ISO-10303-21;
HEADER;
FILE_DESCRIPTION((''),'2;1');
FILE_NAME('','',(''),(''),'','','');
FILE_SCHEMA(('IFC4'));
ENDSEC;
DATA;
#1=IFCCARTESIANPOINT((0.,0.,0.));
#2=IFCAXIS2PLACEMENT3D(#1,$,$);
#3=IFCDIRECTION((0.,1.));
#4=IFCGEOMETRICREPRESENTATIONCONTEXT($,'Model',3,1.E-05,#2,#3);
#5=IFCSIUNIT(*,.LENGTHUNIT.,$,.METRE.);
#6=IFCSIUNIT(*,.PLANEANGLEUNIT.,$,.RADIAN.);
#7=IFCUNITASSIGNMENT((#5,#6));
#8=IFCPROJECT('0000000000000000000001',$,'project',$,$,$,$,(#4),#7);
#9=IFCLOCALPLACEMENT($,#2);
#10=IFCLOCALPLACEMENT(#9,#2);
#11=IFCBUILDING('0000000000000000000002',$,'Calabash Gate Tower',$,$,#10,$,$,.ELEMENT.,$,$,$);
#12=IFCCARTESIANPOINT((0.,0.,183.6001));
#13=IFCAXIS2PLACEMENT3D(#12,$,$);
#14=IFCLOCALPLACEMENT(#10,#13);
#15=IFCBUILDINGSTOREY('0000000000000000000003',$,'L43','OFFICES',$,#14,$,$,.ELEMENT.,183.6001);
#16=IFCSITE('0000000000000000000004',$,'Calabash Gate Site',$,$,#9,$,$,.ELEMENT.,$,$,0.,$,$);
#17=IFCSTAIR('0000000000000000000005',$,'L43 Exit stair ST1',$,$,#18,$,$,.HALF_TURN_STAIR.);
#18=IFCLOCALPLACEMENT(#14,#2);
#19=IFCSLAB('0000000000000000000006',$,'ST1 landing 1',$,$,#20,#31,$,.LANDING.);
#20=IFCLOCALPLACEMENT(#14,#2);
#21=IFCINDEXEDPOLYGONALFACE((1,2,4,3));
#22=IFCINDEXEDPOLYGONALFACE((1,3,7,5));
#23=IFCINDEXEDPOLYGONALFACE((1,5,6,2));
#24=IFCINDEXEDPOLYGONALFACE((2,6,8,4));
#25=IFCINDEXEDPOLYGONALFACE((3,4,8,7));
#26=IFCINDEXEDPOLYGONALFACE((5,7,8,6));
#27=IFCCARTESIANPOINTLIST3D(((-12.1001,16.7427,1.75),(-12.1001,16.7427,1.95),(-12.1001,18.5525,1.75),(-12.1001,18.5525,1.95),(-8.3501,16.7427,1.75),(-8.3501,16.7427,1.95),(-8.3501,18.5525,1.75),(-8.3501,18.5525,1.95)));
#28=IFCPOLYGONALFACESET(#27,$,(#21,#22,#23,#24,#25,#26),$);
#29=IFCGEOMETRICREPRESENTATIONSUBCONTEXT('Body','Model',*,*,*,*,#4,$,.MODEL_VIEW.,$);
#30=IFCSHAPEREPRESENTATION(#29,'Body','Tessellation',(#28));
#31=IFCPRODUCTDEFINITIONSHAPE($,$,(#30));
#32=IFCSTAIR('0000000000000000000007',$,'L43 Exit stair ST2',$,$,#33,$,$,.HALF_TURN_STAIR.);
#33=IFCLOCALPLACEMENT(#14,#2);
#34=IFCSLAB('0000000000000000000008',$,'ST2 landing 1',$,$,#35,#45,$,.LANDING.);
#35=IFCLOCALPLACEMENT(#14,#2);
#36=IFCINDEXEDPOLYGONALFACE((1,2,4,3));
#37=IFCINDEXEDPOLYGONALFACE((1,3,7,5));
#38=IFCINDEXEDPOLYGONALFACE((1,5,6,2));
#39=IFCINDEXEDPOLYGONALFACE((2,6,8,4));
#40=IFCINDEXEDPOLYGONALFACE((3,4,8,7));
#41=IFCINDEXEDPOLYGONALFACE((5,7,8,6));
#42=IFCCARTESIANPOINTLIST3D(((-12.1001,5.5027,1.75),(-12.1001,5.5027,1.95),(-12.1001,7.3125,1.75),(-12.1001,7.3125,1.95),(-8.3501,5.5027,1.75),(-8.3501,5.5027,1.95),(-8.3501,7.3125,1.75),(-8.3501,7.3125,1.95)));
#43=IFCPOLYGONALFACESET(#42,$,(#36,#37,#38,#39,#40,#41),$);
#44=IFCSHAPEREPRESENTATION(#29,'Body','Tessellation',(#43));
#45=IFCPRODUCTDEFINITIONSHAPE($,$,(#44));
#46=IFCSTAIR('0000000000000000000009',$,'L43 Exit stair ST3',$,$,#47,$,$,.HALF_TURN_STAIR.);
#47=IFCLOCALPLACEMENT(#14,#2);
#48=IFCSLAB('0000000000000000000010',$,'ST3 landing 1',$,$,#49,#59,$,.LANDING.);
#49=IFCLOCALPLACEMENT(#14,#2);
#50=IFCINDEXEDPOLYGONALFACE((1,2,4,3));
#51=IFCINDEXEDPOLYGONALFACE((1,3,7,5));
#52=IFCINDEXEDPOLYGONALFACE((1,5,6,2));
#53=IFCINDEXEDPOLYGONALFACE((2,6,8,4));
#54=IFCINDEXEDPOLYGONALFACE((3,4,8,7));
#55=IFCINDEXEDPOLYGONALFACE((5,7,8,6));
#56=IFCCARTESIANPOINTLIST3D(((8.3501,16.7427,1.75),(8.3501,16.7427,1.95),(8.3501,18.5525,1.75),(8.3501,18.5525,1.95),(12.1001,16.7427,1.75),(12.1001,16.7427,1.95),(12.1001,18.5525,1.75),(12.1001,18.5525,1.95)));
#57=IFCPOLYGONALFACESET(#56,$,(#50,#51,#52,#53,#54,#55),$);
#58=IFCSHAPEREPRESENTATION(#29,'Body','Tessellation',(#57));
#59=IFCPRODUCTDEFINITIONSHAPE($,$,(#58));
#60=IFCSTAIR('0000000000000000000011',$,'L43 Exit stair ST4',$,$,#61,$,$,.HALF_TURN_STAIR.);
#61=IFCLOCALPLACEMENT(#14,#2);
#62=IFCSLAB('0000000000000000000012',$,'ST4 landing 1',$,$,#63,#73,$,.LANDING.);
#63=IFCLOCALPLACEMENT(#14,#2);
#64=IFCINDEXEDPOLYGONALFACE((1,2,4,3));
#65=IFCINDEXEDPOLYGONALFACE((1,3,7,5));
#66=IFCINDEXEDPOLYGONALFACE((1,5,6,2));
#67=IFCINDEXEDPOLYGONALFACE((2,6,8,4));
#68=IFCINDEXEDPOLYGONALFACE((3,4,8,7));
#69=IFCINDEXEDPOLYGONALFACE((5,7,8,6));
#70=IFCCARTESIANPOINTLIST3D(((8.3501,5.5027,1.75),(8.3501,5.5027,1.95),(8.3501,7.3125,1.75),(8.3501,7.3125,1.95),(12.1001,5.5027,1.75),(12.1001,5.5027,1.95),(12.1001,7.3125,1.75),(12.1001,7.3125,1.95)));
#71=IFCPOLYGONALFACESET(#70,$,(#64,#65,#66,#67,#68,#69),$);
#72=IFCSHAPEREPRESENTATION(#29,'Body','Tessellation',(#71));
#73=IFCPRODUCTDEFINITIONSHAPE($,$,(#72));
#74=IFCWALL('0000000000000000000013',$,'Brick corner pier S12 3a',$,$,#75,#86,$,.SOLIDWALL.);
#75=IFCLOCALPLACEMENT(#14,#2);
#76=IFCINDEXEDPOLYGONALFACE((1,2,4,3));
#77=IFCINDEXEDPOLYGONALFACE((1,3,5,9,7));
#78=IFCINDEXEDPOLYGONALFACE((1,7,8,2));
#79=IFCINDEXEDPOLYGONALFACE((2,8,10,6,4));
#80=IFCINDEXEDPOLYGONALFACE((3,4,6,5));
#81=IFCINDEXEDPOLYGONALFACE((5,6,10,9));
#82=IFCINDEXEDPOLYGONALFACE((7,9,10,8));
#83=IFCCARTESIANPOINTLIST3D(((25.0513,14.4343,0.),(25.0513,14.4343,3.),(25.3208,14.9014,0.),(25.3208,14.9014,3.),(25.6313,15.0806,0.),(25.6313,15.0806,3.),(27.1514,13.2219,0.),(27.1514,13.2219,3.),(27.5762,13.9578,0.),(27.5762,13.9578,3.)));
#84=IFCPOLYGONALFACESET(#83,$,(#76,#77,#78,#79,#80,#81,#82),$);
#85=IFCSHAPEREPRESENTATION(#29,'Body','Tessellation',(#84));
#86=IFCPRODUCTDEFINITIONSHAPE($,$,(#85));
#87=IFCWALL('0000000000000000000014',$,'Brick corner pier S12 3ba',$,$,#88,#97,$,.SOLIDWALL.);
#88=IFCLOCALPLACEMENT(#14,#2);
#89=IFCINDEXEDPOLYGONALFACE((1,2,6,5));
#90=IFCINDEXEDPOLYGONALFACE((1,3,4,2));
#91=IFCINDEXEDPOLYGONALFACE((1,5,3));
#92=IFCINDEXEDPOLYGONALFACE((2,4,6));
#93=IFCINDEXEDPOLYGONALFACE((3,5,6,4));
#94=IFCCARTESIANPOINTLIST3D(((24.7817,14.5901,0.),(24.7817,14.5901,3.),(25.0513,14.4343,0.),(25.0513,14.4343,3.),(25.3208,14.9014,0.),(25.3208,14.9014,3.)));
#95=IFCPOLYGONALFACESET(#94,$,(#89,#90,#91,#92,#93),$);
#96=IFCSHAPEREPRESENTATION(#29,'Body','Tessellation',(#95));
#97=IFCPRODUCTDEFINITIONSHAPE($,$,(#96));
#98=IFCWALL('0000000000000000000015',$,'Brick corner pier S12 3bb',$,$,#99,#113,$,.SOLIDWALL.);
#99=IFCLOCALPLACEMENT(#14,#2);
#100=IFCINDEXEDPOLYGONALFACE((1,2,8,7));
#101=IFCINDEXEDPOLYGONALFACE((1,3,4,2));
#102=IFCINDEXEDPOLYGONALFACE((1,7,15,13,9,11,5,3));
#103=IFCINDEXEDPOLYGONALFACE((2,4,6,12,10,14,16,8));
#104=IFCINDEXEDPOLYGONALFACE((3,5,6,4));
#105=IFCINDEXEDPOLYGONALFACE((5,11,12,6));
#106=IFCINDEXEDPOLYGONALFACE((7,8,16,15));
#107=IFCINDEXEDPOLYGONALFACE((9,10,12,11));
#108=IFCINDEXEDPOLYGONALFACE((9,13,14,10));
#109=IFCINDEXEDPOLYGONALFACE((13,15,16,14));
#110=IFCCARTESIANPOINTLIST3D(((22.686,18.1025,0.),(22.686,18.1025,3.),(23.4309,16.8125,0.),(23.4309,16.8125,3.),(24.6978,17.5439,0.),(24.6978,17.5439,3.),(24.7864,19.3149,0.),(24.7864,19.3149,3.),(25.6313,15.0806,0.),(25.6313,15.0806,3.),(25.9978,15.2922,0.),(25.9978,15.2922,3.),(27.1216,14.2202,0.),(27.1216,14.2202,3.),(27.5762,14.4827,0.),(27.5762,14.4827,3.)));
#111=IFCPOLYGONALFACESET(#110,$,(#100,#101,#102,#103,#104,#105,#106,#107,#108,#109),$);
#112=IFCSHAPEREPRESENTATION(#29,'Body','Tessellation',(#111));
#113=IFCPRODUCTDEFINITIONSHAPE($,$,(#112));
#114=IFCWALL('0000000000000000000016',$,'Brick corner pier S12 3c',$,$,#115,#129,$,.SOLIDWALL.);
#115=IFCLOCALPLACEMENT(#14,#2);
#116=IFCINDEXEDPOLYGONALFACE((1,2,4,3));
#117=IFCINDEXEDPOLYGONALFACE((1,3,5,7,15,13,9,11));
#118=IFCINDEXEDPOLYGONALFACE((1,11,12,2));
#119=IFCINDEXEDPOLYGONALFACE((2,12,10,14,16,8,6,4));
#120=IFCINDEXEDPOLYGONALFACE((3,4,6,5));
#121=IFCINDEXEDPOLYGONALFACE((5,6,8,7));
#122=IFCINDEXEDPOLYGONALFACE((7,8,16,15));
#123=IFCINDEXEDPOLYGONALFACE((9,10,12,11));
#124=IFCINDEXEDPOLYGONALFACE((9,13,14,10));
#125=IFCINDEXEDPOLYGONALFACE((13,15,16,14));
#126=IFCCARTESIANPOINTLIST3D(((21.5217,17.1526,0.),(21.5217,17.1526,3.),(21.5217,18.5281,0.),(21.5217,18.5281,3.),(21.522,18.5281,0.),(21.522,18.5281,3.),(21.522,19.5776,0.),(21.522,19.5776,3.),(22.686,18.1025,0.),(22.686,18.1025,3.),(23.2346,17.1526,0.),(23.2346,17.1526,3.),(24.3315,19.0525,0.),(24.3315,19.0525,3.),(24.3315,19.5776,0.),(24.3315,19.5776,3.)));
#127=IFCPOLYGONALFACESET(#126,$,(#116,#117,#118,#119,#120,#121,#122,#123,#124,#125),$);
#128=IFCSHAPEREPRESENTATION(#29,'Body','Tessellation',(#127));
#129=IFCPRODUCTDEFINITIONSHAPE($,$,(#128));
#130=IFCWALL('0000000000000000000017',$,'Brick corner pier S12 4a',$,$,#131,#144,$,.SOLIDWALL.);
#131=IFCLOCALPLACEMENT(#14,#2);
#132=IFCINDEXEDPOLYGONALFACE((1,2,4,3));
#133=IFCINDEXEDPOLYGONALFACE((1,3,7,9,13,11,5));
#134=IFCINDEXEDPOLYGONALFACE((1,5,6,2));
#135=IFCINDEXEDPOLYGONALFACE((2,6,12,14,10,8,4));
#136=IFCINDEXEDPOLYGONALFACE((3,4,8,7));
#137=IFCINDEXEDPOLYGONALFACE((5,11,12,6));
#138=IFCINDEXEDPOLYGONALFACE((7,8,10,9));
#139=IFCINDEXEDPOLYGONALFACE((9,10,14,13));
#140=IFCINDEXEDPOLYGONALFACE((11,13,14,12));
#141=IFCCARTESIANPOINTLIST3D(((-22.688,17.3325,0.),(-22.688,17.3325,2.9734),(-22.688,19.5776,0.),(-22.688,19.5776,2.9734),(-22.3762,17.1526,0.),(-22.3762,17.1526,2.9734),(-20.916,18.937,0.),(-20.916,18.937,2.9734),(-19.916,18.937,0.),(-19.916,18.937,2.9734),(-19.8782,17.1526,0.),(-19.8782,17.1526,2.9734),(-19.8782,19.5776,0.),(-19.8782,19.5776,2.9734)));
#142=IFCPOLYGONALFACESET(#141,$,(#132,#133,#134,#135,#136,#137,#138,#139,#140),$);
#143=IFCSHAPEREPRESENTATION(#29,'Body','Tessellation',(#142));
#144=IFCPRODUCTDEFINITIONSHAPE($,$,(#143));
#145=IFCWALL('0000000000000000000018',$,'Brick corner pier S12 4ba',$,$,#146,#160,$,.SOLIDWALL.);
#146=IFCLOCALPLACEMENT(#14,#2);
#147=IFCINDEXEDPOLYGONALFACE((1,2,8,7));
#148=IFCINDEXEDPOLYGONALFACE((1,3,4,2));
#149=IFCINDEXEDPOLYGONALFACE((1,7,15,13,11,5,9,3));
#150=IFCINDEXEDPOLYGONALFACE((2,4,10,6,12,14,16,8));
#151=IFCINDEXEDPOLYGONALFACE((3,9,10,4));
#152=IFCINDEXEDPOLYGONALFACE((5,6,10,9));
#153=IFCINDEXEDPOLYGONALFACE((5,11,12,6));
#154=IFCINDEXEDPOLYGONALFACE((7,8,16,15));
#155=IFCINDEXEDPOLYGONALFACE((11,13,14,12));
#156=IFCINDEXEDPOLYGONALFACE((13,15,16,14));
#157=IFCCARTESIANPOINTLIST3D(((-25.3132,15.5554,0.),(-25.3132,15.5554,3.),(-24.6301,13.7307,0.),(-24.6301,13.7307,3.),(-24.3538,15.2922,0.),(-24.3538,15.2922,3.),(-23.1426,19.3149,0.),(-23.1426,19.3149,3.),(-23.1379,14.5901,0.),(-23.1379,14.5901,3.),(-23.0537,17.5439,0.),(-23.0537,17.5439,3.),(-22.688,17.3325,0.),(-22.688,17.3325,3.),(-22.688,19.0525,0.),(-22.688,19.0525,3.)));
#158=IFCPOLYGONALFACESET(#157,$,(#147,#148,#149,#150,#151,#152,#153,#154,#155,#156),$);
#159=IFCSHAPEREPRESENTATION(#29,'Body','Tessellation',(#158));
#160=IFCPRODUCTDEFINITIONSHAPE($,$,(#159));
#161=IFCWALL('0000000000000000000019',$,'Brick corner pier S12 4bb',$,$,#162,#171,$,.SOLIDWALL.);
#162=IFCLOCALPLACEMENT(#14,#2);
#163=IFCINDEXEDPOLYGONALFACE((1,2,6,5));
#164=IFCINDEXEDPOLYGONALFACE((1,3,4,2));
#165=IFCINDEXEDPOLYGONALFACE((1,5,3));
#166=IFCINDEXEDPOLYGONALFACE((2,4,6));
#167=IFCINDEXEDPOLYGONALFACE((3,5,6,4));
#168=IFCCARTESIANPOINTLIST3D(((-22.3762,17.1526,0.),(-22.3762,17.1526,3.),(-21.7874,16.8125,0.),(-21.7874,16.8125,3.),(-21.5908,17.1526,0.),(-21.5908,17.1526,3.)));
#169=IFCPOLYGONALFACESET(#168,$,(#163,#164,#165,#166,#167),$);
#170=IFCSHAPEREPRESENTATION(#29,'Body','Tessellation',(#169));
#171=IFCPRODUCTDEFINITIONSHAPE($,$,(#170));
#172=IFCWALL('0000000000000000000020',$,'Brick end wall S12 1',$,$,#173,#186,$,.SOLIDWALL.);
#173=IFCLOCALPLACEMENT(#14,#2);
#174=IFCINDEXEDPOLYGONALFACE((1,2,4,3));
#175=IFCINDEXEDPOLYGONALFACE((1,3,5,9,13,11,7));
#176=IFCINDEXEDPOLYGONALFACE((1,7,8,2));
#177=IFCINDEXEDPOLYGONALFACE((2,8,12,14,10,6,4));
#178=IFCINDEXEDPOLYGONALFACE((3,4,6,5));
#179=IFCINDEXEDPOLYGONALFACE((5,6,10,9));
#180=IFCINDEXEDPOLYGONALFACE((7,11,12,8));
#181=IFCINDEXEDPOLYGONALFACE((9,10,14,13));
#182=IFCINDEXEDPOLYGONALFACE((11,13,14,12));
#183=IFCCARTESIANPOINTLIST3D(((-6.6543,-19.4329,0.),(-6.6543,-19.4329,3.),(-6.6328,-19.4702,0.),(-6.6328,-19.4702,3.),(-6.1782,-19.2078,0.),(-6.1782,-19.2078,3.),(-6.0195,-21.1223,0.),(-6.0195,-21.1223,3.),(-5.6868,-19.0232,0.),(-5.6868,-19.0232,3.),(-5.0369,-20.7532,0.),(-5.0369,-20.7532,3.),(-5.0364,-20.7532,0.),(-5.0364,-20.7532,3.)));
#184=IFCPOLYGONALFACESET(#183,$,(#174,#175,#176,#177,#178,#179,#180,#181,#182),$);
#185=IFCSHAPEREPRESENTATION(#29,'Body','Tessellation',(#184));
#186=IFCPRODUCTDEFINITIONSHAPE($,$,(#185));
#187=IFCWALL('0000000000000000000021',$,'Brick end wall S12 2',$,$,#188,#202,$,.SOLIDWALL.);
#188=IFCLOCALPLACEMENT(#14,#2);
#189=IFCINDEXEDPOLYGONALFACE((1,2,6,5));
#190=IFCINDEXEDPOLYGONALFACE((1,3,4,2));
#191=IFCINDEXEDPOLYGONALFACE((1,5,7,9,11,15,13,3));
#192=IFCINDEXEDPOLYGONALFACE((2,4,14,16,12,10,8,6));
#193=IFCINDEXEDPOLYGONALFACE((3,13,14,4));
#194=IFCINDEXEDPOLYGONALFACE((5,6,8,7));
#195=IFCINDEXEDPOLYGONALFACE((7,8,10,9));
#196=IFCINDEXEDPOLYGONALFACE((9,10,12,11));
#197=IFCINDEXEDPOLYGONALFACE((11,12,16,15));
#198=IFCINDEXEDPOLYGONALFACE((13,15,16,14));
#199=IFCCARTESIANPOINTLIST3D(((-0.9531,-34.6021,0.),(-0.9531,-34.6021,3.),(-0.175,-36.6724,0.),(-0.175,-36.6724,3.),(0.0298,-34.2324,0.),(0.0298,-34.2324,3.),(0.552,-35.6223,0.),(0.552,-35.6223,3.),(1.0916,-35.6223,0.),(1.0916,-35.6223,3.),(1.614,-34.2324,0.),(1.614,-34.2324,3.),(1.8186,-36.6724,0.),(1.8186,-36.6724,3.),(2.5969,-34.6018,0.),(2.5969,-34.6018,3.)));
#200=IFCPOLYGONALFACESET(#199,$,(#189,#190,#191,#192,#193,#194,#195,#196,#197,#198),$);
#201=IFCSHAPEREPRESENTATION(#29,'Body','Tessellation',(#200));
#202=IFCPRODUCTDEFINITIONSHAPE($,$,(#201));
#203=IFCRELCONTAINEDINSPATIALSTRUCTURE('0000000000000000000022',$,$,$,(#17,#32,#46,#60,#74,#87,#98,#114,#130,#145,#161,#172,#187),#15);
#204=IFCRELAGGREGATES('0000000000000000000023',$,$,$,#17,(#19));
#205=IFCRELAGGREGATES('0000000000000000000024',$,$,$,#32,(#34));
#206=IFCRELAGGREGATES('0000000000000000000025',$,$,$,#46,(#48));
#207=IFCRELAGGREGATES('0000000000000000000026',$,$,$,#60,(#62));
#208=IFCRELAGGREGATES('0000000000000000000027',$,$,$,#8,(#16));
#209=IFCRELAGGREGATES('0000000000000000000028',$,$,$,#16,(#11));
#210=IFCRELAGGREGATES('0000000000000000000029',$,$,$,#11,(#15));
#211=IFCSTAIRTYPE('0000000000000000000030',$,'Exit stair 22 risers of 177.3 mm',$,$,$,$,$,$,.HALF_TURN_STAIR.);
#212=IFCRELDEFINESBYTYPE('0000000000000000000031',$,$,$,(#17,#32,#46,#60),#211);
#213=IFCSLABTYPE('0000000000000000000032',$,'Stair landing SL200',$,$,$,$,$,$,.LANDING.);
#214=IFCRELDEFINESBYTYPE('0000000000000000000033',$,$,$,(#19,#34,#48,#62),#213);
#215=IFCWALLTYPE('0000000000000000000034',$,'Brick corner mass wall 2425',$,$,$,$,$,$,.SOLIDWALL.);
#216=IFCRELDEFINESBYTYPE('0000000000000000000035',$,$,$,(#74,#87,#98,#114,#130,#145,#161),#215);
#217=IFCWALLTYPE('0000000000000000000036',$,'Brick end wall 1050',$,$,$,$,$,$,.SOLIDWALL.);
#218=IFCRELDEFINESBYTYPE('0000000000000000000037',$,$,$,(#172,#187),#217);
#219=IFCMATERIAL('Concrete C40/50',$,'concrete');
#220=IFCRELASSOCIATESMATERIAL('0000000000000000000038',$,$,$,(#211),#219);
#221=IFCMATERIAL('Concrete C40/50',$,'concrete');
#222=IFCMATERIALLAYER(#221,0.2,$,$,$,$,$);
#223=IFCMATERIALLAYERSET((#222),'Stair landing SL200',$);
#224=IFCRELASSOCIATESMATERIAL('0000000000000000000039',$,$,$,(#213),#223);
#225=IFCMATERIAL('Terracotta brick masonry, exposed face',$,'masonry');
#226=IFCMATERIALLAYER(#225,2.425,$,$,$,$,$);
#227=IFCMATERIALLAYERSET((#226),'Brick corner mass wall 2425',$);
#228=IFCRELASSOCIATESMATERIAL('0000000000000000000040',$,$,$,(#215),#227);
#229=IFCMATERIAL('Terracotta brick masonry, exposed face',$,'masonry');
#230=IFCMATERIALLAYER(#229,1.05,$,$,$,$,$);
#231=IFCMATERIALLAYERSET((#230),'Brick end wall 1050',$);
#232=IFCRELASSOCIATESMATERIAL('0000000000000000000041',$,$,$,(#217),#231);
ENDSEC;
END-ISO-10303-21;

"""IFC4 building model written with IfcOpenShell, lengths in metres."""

from ifc_helpers import new_model, si_unit, direction, frame, origin, place, context, subcontext, project, spatial, polyline, outline, extrude, material, layer, layer_set, type_object, element, aggregate, save


model = new_model("IFC4")

# Units and contexts
model_context = context("Model", 3, precision=1e-05, world=origin(), true_north=direction((0.0, 1.0)))
body_context = subcontext(model_context, "Body", "Model", "MODEL_VIEW")
ifc_project = project(units=[si_unit("LENGTHUNIT", "METRE"), si_unit("PLANEANGLEUNIT", "RADIAN")], contexts=[model_context])

# Site, building, storey
site_placement = place(None, origin())
site = spatial("IfcSite", under=ifc_project, at=site_placement, Name="Calabash Gate Site", CompositionType="ELEMENT", RefElevation=0.0)
building_placement = place(site_placement, origin())
building = spatial("IfcBuilding", under=site, at=building_placement, Name="Calabash Gate Tower", CompositionType="ELEMENT")
storey_placement = place(building_placement, frame((0.0, 0.0, 183.6001)))
storey = spatial("IfcBuildingStorey", under=building, at=storey_placement, Name="L43", Description="OFFICES", CompositionType="ELEMENT", Elevation=183.6001)

# Stairs, slabs
ifc_material_1 = material(Name="Concrete C40/50", Category="concrete")
stair_type = type_object("IfcStairType", Name="Exit stair 22 risers of 177.3 mm", PredefinedType="HALF_TURN_STAIR", material=ifc_material_1)
stair_1_placement = place(storey_placement, origin())
stair_1 = element("IfcStair", 1, at=stair_1_placement, inside=storey, type_object=stair_type, Name="L43 Exit stair ST1", PredefinedType="HALF_TURN_STAIR")
ifc_material_2 = material(Name="Concrete C40/50", Category="concrete")
ifc_layer_1 = layer(ifc_material_2, 0.2)
ifc_layer_set_1 = layer_set([ifc_layer_1], Name="Stair landing SL200")
slab_type = type_object("IfcSlabType", Name="Stair landing SL200", PredefinedType="LANDING", material=ifc_layer_set_1)
slab_1_placement = place(storey_placement, frame((0.0, 0.0, 1.75)))
slab_1 = element("IfcSlab", 2, at=slab_1_placement, type_object=slab_type, Name="ST1 landing 1", PredefinedType="LANDING", context=body_context, shape_type="SweptSolid", body=[
    extrude(outline(polyline([(-8.3501, 16.7427), (-8.3501, 18.5525), (-12.1001, 18.5525), (-12.1001, 16.7427), (-8.3501, 16.7427)])), origin(), (0.0, 0.0, 1.0), 0.2),
])
aggregate(stair_1, [slab_1])
stair_2_placement = place(storey_placement, origin())
stair_2 = element("IfcStair", 3, at=stair_2_placement, inside=storey, type_object=stair_type, Name="L43 Exit stair ST2", PredefinedType="HALF_TURN_STAIR")
slab_2_placement = place(storey_placement, frame((0.0, 0.0, 1.75)))
slab_2 = element("IfcSlab", 4, at=slab_2_placement, type_object=slab_type, Name="ST2 landing 1", PredefinedType="LANDING", context=body_context, shape_type="SweptSolid", body=[
    extrude(outline(polyline([(-12.1001, 7.3125), (-12.1001, 5.5027), (-8.3501, 5.5027), (-8.3501, 7.3125), (-12.1001, 7.3125)])), origin(), (0.0, 0.0, 1.0), 0.2),
])
aggregate(stair_2, [slab_2])
stair_3_placement = place(storey_placement, origin())
stair_3 = element("IfcStair", 5, at=stair_3_placement, inside=storey, type_object=stair_type, Name="L43 Exit stair ST3", PredefinedType="HALF_TURN_STAIR")
slab_3_placement = place(storey_placement, frame((0.0, 0.0, 1.75)))
slab_3 = element("IfcSlab", 6, at=slab_3_placement, type_object=slab_type, Name="ST3 landing 1", PredefinedType="LANDING", context=body_context, shape_type="SweptSolid", body=[
    extrude(outline(polyline([(12.1001, 16.7427), (12.1001, 18.5525), (8.3501, 18.5525), (8.3501, 16.7427), (12.1001, 16.7427)])), origin(), (0.0, 0.0, 1.0), 0.2),
])
aggregate(stair_3, [slab_3])
stair_4_placement = place(storey_placement, origin())
stair_4 = element("IfcStair", 7, at=stair_4_placement, inside=storey, type_object=stair_type, Name="L43 Exit stair ST4", PredefinedType="HALF_TURN_STAIR")
slab_4_placement = place(storey_placement, frame((0.0, 0.0, 1.75)))
slab_4 = element("IfcSlab", 8, at=slab_4_placement, type_object=slab_type, Name="ST4 landing 1", PredefinedType="LANDING", context=body_context, shape_type="SweptSolid", body=[
    extrude(outline(polyline([(8.3501, 7.3125), (8.3501, 5.5027), (12.1001, 5.5027), (12.1001, 7.3125), (8.3501, 7.3125)])), origin(), (0.0, 0.0, 1.0), 0.2),
])
aggregate(stair_4, [slab_4])

# Walls
ifc_material_3 = material(Name="Terracotta brick masonry, exposed face", Category="masonry")
ifc_layer_2 = layer(ifc_material_3, 2.425)
ifc_layer_set_2 = layer_set([ifc_layer_2], Name="Brick corner mass wall 2425")
wall_type_1 = type_object("IfcWallType", Name="Brick corner mass wall 2425", PredefinedType="SOLIDWALL", material=ifc_layer_set_2)
wall_1_placement = place(storey_placement, origin())
element("IfcWall", 9, at=wall_1_placement, inside=storey, type_object=wall_type_1, Name="Brick corner pier S12 3a", PredefinedType="SOLIDWALL", context=body_context, shape_type="SweptSolid", body=[
    extrude(outline(polyline([(25.0513, 14.4343), (27.1514, 13.2219), (27.5762, 13.9578), (25.6313, 15.0806), (25.3208, 14.9014), (25.0513, 14.4343)])), origin(), (0.0, 0.0, 1.0), 3.0),
])
wall_2_placement = place(storey_placement, origin())
element("IfcWall", 10, at=wall_2_placement, inside=storey, type_object=wall_type_1, Name="Brick corner pier S12 3ba", PredefinedType="SOLIDWALL", context=body_context, shape_type="SweptSolid", body=[
    extrude(outline(polyline([(25.0513, 14.4343), (25.3208, 14.9014), (24.7817, 14.5901), (25.0513, 14.4343)])), origin(), (0.0, 0.0, 1.0), 3.0),
])
wall_3_placement = place(storey_placement, origin())
element("IfcWall", 11, at=wall_3_placement, inside=storey, type_object=wall_type_1, Name="Brick corner pier S12 3bb", PredefinedType="SOLIDWALL", context=body_context, shape_type="SweptSolid", body=[
    extrude(outline(polyline([(23.4309, 16.8125), (24.6978, 17.5439), (25.9978, 15.2922), (25.6313, 15.0806), (27.1216, 14.2202), (27.5762, 14.4827), (24.7864, 19.3149), (22.686, 18.1025), (23.4309, 16.8125)])), origin(), (0.0, 0.0, 1.0), 3.0),
])
wall_4_placement = place(storey_placement, origin())
element("IfcWall", 12, at=wall_4_placement, inside=storey, type_object=wall_type_1, Name="Brick corner pier S12 3c", PredefinedType="SOLIDWALL", context=body_context, shape_type="SweptSolid", body=[
    extrude(outline(polyline([(21.5217, 18.5281), (21.5217, 17.1526), (23.2346, 17.1526), (22.686, 18.1025), (24.3315, 19.0525), (24.3315, 19.5776), (21.522, 19.5776), (21.522, 18.5281), (21.5217, 18.5281)])), origin(), (0.0, 0.0, 1.0), 3.0),
])
wall_5_placement = place(storey_placement, origin())
element("IfcWall", 13, at=wall_5_placement, inside=storey, type_object=wall_type_1, Name="Brick corner pier S12 4a", PredefinedType="SOLIDWALL", context=body_context, shape_type="SweptSolid", body=[
    extrude(outline(polyline([(-22.3762, 17.1526), (-19.8782, 17.1526), (-19.8782, 19.5776), (-19.916, 18.937), (-20.916, 18.937), (-22.688, 19.5776), (-22.688, 17.3325), (-22.3762, 17.1526)])), origin(), (0.0, 0.0, 1.0), 2.9734),
])
wall_6_placement = place(storey_placement, origin())
element("IfcWall", 14, at=wall_6_placement, inside=storey, type_object=wall_type_1, Name="Brick corner pier S12 4ba", PredefinedType="SOLIDWALL", context=body_context, shape_type="SweptSolid", body=[
    extrude(outline(polyline([(-24.6301, 13.7307), (-23.1379, 14.5901), (-24.3538, 15.2922), (-23.0537, 17.5439), (-22.688, 17.3325), (-22.688, 19.0525), (-23.1426, 19.3149), (-25.3132, 15.5554), (-24.6301, 13.7307)])), origin(), (0.0, 0.0, 1.0), 3.0),
])
wall_7_placement = place(storey_placement, origin())
element("IfcWall", 15, at=wall_7_placement, inside=storey, type_object=wall_type_1, Name="Brick corner pier S12 4bb", PredefinedType="SOLIDWALL", context=body_context, shape_type="SweptSolid", body=[
    extrude(outline(polyline([(-21.5908, 17.1526), (-22.3762, 17.1526), (-21.7874, 16.8125), (-21.5908, 17.1526)])), origin(), (0.0, 0.0, 1.0), 3.0),
])
ifc_material_4 = material(Name="Terracotta brick masonry, exposed face", Category="masonry")
ifc_layer_3 = layer(ifc_material_4, 1.05)
ifc_layer_set_3 = layer_set([ifc_layer_3], Name="Brick end wall 1050")
wall_type_2 = type_object("IfcWallType", Name="Brick end wall 1050", PredefinedType="SOLIDWALL", material=ifc_layer_set_3)
wall_8_placement = place(storey_placement, origin())
element("IfcWall", 16, at=wall_8_placement, inside=storey, type_object=wall_type_2, Name="Brick end wall S12 1", PredefinedType="SOLIDWALL", context=body_context, shape_type="SweptSolid", body=[
    extrude(outline(polyline([(-5.0364, -20.7532), (-5.6868, -19.0232), (-6.1782, -19.2078), (-6.6328, -19.4702), (-6.6543, -19.4329), (-6.0195, -21.1223), (-5.0369, -20.7532), (-5.0369, -20.7532), (-5.0364, -20.7532)])), origin(), (0.0, 0.0, 1.0), 3.0),
])
wall_9_placement = place(storey_placement, origin())
element("IfcWall", 17, at=wall_9_placement, inside=storey, type_object=wall_type_2, Name="Brick end wall S12 2", PredefinedType="SOLIDWALL", context=body_context, shape_type="SweptSolid", body=[
    extrude(outline(polyline([(0.552, -35.6223), (0.0298, -34.2324), (-0.9531, -34.6021), (-0.175, -36.6724), (1.8186, -36.6724), (2.5969, -34.6018), (1.614, -34.2324), (1.0916, -35.6223), (0.552, -35.6223)])), origin(), (0.0, 0.0, 1.0), 3.0),
])

save(model, "model.ifc")
